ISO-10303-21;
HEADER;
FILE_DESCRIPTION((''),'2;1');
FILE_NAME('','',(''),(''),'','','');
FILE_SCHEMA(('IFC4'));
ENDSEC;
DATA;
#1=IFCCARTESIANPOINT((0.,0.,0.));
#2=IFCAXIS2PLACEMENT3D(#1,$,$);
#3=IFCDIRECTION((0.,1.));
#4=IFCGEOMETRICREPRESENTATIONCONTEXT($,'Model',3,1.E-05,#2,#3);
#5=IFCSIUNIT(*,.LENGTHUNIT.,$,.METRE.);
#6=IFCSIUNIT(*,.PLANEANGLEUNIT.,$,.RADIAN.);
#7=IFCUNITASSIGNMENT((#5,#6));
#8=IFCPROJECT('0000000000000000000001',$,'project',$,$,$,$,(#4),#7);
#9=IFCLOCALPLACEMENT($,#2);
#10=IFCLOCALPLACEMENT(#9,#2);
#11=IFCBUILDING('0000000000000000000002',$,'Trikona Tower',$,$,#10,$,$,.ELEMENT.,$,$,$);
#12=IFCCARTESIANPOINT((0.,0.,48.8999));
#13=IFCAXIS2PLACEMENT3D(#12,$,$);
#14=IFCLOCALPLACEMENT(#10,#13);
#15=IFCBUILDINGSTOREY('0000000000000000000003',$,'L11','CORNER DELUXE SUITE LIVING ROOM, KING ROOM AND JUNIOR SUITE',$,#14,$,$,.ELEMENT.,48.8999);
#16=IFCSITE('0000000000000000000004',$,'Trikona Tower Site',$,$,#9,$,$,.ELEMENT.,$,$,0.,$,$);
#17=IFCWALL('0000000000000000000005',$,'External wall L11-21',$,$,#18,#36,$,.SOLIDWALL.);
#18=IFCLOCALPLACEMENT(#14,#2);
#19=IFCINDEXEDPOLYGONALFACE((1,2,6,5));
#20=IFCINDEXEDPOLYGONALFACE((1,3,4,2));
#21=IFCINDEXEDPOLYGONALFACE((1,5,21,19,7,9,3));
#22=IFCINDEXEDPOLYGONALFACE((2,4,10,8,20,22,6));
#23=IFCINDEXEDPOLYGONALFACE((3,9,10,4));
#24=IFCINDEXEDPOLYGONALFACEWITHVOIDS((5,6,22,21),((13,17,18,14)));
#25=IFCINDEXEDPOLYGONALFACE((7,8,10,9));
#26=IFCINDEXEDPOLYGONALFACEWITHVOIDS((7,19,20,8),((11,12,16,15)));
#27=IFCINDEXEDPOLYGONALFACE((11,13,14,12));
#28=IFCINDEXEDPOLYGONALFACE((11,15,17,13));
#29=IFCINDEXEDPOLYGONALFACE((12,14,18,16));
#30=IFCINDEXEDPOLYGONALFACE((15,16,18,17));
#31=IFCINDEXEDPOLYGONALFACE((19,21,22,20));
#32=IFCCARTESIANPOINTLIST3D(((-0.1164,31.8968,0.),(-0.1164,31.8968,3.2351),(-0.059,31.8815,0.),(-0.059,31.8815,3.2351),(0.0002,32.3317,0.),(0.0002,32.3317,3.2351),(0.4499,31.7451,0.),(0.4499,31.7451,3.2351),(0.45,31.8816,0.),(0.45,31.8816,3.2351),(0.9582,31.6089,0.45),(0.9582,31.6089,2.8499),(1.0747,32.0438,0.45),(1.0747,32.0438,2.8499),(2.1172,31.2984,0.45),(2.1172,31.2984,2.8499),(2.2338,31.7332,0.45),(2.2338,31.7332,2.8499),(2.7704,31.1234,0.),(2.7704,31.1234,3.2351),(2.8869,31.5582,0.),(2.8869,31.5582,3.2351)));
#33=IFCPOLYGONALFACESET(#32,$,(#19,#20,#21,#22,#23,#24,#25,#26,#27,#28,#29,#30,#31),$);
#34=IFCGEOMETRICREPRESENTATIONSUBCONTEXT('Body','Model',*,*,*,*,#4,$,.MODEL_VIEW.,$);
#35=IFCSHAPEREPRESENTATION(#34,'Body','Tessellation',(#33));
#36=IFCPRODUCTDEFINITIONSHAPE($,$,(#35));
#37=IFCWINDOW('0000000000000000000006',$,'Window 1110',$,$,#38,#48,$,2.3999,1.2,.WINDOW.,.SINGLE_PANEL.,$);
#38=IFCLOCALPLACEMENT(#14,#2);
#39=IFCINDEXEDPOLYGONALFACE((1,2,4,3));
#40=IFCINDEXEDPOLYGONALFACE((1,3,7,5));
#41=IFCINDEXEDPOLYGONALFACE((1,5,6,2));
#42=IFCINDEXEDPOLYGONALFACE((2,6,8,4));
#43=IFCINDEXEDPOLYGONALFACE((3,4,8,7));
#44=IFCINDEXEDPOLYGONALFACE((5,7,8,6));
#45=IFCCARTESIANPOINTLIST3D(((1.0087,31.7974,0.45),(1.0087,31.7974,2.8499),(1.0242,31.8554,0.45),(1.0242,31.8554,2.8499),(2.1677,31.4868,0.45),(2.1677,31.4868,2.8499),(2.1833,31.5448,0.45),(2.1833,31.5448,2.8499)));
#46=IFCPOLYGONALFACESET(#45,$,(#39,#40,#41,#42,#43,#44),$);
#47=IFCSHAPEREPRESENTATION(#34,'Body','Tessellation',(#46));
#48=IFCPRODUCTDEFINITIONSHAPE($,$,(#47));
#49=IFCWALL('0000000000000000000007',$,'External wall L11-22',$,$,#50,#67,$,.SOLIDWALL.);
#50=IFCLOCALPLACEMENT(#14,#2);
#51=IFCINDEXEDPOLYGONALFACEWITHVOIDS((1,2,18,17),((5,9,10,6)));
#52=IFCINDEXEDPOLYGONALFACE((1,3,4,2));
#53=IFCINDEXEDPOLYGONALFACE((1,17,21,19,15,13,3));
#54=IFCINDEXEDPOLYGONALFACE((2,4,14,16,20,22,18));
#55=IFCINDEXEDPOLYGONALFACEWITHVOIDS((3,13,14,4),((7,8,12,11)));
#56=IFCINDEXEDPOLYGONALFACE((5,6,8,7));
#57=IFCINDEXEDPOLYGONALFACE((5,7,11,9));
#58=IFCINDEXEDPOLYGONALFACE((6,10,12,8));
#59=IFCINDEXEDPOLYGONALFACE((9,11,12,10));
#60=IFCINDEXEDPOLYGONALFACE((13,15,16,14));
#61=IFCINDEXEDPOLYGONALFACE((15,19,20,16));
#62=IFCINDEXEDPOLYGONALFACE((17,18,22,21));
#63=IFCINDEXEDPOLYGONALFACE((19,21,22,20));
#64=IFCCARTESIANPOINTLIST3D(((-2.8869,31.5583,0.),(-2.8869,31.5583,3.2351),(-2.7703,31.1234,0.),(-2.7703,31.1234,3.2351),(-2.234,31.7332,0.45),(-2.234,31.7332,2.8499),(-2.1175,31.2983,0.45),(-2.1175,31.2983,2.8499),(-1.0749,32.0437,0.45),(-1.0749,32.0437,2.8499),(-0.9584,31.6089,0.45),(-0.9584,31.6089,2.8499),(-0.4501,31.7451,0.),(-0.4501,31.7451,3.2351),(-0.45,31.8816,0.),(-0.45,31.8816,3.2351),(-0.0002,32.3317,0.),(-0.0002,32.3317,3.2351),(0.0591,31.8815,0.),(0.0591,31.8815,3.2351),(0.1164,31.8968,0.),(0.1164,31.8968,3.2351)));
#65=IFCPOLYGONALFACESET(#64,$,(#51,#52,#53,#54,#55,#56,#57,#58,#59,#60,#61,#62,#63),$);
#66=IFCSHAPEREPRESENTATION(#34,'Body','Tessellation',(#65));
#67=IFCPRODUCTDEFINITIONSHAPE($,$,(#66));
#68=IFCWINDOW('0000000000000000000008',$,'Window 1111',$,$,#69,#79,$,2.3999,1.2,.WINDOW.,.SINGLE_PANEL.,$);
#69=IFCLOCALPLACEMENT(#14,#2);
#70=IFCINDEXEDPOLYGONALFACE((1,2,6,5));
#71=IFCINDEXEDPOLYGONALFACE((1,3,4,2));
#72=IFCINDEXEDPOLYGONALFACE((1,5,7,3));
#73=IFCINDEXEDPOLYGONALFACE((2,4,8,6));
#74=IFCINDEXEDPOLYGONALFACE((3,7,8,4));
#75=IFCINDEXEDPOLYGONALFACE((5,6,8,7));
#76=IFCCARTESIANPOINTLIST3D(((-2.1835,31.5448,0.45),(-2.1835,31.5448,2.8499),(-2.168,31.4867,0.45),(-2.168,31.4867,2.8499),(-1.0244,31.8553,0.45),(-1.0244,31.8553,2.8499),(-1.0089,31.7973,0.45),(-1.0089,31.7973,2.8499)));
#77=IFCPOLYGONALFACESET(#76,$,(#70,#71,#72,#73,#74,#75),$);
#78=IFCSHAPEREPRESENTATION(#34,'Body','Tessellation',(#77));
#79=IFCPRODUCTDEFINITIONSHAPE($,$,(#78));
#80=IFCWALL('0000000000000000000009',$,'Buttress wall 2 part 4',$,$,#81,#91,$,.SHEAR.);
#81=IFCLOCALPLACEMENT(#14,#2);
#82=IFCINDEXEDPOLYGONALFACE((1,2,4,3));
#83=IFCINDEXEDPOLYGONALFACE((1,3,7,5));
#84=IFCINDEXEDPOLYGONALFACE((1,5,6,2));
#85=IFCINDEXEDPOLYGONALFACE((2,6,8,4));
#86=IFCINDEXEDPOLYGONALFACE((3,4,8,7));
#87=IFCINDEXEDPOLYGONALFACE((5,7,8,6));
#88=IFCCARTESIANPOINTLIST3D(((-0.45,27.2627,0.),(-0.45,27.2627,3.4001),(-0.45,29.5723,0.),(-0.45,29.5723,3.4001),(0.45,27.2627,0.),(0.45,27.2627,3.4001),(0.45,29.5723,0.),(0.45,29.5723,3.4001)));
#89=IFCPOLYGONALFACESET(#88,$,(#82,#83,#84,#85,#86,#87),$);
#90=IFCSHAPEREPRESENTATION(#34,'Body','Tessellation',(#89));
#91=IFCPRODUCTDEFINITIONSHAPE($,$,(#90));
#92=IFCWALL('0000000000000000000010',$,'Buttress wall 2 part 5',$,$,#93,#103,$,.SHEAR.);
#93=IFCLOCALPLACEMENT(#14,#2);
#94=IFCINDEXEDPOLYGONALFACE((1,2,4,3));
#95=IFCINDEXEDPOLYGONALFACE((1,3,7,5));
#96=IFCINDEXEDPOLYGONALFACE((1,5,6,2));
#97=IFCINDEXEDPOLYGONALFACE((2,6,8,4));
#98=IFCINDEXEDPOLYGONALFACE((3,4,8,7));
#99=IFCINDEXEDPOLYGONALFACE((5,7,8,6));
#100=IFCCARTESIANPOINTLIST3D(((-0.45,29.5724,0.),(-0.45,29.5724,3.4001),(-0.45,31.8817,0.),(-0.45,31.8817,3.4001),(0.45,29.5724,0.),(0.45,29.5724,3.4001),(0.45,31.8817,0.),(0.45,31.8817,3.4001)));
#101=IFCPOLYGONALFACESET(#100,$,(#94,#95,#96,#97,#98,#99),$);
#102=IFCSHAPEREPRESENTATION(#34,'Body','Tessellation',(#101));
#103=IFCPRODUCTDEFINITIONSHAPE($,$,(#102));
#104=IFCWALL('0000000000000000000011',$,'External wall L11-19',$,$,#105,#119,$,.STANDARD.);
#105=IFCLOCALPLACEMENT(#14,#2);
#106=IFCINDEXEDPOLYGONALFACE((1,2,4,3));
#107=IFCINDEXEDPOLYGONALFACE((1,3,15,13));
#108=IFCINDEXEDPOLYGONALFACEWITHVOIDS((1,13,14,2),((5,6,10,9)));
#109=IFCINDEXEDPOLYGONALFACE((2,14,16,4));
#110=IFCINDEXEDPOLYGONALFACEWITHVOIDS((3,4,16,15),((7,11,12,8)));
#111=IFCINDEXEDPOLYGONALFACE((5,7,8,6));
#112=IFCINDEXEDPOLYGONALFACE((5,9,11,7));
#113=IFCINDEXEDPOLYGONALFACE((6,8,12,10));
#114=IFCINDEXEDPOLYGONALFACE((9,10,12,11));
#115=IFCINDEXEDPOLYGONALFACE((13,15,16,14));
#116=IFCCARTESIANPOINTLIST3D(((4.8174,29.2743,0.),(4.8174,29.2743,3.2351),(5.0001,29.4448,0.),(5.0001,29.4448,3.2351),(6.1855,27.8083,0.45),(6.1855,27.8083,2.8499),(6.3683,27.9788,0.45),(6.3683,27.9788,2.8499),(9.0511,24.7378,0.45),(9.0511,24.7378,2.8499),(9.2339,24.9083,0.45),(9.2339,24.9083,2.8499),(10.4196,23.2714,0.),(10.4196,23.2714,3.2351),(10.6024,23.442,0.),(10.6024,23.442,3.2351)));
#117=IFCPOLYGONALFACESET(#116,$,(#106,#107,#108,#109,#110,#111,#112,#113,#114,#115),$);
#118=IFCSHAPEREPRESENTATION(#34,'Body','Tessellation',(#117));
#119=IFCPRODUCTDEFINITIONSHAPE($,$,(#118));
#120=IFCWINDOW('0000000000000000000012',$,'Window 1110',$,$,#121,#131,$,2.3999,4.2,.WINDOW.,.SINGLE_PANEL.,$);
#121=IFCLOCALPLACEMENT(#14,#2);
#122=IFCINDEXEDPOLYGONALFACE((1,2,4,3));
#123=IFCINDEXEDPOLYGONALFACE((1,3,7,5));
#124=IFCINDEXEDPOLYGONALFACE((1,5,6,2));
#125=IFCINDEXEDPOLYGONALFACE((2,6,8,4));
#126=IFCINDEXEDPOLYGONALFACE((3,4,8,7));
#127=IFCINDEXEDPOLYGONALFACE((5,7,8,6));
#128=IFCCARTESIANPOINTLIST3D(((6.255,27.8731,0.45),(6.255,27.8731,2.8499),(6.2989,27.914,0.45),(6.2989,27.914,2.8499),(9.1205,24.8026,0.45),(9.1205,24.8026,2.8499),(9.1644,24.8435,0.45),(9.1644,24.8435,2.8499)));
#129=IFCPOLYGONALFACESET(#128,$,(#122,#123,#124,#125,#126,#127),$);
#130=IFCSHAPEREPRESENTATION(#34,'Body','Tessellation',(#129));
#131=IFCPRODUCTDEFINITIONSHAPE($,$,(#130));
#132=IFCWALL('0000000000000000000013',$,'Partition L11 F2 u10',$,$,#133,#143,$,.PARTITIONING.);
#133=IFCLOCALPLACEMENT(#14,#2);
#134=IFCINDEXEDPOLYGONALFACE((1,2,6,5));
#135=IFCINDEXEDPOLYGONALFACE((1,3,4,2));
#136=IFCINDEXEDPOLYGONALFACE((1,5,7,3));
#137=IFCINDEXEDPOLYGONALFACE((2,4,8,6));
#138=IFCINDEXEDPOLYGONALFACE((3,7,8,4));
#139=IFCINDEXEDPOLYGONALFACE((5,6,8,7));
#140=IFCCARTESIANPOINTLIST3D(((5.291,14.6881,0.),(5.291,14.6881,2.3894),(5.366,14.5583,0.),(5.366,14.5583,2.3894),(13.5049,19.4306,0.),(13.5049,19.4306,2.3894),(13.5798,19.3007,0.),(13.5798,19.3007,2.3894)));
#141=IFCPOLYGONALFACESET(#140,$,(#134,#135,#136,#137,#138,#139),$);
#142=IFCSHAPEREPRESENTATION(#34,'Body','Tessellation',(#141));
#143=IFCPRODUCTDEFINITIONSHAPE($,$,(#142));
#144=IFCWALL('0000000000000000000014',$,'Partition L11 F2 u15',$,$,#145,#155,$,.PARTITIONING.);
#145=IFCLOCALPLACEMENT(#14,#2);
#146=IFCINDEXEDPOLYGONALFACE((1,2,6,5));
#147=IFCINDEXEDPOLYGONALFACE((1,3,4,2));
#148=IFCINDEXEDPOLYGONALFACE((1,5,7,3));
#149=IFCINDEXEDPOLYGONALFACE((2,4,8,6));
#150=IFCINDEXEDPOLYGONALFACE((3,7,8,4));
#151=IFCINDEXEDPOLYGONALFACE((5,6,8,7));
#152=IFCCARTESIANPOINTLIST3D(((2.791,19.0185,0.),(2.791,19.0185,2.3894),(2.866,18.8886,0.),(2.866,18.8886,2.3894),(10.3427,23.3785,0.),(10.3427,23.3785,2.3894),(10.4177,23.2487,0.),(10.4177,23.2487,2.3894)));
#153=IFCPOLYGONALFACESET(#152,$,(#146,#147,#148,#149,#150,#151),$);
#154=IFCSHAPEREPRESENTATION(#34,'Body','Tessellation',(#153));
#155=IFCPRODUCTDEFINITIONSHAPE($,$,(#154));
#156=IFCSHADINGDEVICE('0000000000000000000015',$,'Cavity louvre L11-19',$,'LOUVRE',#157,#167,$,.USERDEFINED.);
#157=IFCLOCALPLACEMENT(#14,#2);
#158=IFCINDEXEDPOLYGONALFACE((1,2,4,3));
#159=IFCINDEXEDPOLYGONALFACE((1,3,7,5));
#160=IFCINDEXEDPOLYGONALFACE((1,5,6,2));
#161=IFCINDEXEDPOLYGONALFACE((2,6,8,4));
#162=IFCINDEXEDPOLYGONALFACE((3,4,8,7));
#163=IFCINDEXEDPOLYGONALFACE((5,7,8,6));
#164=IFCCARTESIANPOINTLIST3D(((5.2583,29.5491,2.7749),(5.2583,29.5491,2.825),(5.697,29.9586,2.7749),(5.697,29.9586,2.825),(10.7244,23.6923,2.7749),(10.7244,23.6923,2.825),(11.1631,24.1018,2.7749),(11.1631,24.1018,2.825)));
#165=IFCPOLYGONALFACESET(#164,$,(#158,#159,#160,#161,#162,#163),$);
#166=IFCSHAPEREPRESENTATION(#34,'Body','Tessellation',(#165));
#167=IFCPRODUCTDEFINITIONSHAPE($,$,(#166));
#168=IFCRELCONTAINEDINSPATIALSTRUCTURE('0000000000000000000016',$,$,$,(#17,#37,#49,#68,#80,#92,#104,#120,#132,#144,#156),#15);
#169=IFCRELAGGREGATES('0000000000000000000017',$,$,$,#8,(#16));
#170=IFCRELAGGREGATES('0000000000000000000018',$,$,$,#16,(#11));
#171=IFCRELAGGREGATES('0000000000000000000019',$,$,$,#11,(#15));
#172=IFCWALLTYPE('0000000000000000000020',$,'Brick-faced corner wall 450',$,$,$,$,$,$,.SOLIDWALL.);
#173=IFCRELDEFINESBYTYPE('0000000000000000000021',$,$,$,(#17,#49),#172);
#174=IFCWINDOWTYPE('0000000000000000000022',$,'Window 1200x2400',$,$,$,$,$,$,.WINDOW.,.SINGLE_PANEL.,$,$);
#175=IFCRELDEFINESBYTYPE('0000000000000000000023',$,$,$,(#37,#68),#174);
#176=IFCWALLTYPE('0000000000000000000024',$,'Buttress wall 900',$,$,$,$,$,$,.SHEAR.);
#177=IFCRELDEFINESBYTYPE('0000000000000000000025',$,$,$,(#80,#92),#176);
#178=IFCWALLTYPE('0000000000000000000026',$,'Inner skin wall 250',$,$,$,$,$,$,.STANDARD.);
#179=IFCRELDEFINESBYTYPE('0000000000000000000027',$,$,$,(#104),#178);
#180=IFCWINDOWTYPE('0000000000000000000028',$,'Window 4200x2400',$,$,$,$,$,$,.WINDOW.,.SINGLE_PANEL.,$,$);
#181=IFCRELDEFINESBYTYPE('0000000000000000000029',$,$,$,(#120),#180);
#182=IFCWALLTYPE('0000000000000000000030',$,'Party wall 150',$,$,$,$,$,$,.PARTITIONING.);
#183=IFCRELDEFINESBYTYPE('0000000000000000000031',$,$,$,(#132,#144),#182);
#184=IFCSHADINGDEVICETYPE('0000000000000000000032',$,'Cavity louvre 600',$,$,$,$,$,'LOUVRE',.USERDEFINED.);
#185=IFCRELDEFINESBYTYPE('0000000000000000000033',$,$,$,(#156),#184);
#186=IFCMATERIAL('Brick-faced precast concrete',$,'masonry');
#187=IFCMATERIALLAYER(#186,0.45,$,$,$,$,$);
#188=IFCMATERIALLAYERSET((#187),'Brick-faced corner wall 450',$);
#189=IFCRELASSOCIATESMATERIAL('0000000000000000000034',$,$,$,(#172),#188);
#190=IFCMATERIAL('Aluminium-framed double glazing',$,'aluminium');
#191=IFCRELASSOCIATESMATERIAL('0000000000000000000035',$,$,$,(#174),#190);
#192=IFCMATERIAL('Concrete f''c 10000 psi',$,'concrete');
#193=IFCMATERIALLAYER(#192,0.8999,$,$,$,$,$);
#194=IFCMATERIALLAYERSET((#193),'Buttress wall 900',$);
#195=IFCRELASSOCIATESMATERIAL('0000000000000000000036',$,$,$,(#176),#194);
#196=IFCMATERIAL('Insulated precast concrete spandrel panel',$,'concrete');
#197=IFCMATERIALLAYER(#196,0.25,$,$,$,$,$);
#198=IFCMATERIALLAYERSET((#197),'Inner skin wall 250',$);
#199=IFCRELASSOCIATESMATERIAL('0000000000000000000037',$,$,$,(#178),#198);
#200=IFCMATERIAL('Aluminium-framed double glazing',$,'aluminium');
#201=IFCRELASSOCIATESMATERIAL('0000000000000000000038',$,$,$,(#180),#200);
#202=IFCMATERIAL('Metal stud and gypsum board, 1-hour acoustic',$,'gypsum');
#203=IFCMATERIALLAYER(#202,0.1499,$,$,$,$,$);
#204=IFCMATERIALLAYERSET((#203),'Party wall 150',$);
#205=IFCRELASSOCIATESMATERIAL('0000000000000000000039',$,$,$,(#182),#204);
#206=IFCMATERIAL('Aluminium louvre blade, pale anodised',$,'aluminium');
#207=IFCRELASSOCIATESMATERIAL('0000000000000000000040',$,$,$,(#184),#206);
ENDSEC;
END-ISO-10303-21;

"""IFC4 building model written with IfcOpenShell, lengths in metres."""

from ifc_helpers import new_model, si_unit, direction, frame, frame_2d, origin, origin_2d, place, context, subcontext, project, spatial, polyline, rectangle, outline, extrude, material, layer, layer_set, type_object, element, fill, save


model = new_model("IFC4")

# Units and contexts
model_context = context("Model", 3, precision=1e-05, world=origin(), true_north=direction((0.0, 1.0)))
body_context = subcontext(model_context, "Body", "Model", "MODEL_VIEW")
ifc_project = project(units=[si_unit("LENGTHUNIT", "METRE"), si_unit("PLANEANGLEUNIT", "RADIAN")], contexts=[model_context])

# Site, building, storey
site_placement = place(None, origin())
site = spatial("IfcSite", under=ifc_project, at=site_placement, Name="Trikona Tower Site", CompositionType="ELEMENT", RefElevation=0.0)
building_placement = place(site_placement, origin())
building = spatial("IfcBuilding", under=site, at=building_placement, Name="Trikona Tower", CompositionType="ELEMENT")
storey_placement = place(building_placement, frame((0.0, 0.0, 48.8999)))
storey = spatial("IfcBuildingStorey", under=building, at=storey_placement, Name="L11", Description="CORNER DELUXE SUITE LIVING ROOM, KING ROOM AND JUNIOR SUITE", CompositionType="ELEMENT", Elevation=48.8999)

# Walls, openings, windows
ifc_material_1 = material(Name="Brick-faced precast concrete", Category="masonry")
ifc_layer_1 = layer(ifc_material_1, 0.45)
ifc_layer_set_1 = layer_set([ifc_layer_1], Name="Brick-faced corner wall 450")
wall_type_1 = type_object("IfcWallType", Name="Brick-faced corner wall 450", PredefinedType="SOLIDWALL", material=ifc_layer_set_1)
wall_1_placement = place(storey_placement, frame((2.8286, 31.3408, 0.0), z_axis=(0.0, 0.0, 1.0), x_axis=(-0.965931, 0.258801, 0.0)))
wall_1 = element("IfcWall", 1, at=wall_1_placement, inside=storey, type_object=wall_type_1, Name="External wall L11-21", PredefinedType="SOLIDWALL", context=body_context, shape_type="SweptSolid", body=[
    extrude(outline(polyline([(2.9885, 0.2251), (2.9292, 0.2251), (2.4375, 0.0933), (2.4023, 0.2251), (0.0, 0.2251), (0.0, -0.2251), (2.9885, -0.2251), (2.9885, 0.2251)])), origin(), (0.0, 0.0, 1.0), 3.2351),
])
opening_1_placement = place(wall_1_placement, frame((0.676, 0.0, 0.45)))
opening_1 = element("IfcOpeningElement", 2, at=opening_1_placement, cuts=wall_1, PredefinedType="OPENING", context=body_context, shape_type="SweptSolid", body=[
    extrude(rectangle(XDim=1.2, YDim=2.3999, at=frame_2d((0.6001, 1.2))), frame((0.0, 0.2349, 0.0), z_axis=(0.0, -1.0, 0.0), x_axis=(1.0, 0.0, 0.0)), (0.0, 0.0, 1.0), 0.47),
])
ifc_material_2 = material(Name="Aluminium-framed double glazing", Category="aluminium")
window_type_1 = type_object("IfcWindowType", Name="Window 1200x2400", PartitioningType="SINGLE_PANEL", PredefinedType="WINDOW", material=ifc_material_2)
window_1_placement = place(opening_1_placement, origin())
window_1 = element("IfcWindow", 3, at=window_1_placement, inside=storey, type_object=window_type_1, Name="Window 1110", OverallHeight=2.3999, OverallWidth=1.2, PartitioningType="SINGLE_PANEL", PredefinedType="WINDOW", context=body_context, shape_type="SweptSolid", body=[
    extrude(rectangle(XDim=1.2, YDim=2.3999, at=frame_2d((0.6001, 1.2))), frame((0.0, 0.03, 0.0), z_axis=(0.0, -1.0, 0.0), x_axis=(1.0, 0.0, 0.0)), (0.0, 0.0, 1.0), 0.0601),
])
fill(opening_1, window_1)
wall_2_placement = place(storey_placement, frame((0.0581, 32.1143, 0.0), z_axis=(0.0, 0.0, 1.0), x_axis=(-0.965931, -0.258801, 0.0)))
wall_2 = element("IfcWall", 4, at=wall_2_placement, inside=storey, type_object=wall_type_1, Name="External wall L11-22", PredefinedType="SOLIDWALL", context=body_context, shape_type="SweptSolid", body=[
    extrude(outline(polyline([(2.9885, 0.2251), (0.5864, 0.2251), (0.551, 0.0933), (0.0593, 0.2251), (0.0, 0.2251), (0.0, -0.2251), (2.9885, -0.2251), (2.9885, 0.2251)])), origin(), (0.0, 0.0, 1.0), 3.2351),
])
opening_2_placement = place(wall_2_placement, frame((1.1125, 0.0, 0.45)))
opening_2 = element("IfcOpeningElement", 5, at=opening_2_placement, cuts=wall_2, PredefinedType="OPENING", context=body_context, shape_type="SweptSolid", body=[
    extrude(rectangle(XDim=1.2, YDim=2.3999, at=frame_2d((0.6001, 1.2))), frame((0.0, 0.2349, 0.0), z_axis=(0.0, -1.0, 0.0), x_axis=(1.0, 0.0, 0.0)), (0.0, 0.0, 1.0), 0.47),
])
window_2_placement = place(opening_2_placement, origin())
window_2 = element("IfcWindow", 6, at=window_2_placement, inside=storey, type_object=window_type_1, Name="Window 1111", OverallHeight=2.3999, OverallWidth=1.2, PartitioningType="SINGLE_PANEL", PredefinedType="WINDOW", context=body_context, shape_type="SweptSolid", body=[
    extrude(rectangle(XDim=1.2, YDim=2.3999, at=frame_2d((0.6001, 1.2))), frame((0.0, 0.03, 0.0), z_axis=(0.0, -1.0, 0.0), x_axis=(1.0, 0.0, 0.0)), (0.0, 0.0, 1.0), 0.0601),
])
fill(opening_2, window_2)

# Walls
ifc_material_3 = material(Name="Concrete f'c 10000 psi", Category="concrete")
ifc_layer_2 = layer(ifc_material_3, 0.8999)
ifc_layer_set_2 = layer_set([ifc_layer_2], Name="Buttress wall 900")
wall_type_2 = type_object("IfcWallType", Name="Buttress wall 900", PredefinedType="SHEAR", material=ifc_layer_set_2)
wall_3_placement = place(storey_placement, frame((0.0, 27.2627, 0.0), z_axis=(0.0, 0.0, 1.0), x_axis=(0.0, 1.0, 0.0)))
element("IfcWall", 7, at=wall_3_placement, inside=storey, type_object=wall_type_2, Name="Buttress wall 2 part 4", PredefinedType="SHEAR", context=body_context, shape_type="SweptSolid", body=[
    extrude(rectangle(XDim=2.3096, YDim=0.8999, at=frame_2d((1.1548, 0.0))), origin(), (0.0, 0.0, 1.0), 3.4001),
])
wall_4_placement = place(storey_placement, frame((0.0, 29.5723, 0.0), z_axis=(0.0, 0.0, 1.0), x_axis=(0.0, 1.0, 0.0)))
element("IfcWall", 8, at=wall_4_placement, inside=storey, type_object=wall_type_2, Name="Buttress wall 2 part 5", PredefinedType="SHEAR", context=body_context, shape_type="SweptSolid", body=[
    extrude(rectangle(XDim=2.3093, YDim=0.8999, at=frame_2d((1.1548, 0.0))), origin(), (0.0, 0.0, 1.0), 3.4001),
])

# Wall, opening, window
ifc_material_4 = material(Name="Insulated precast concrete spandrel panel", Category="concrete")
ifc_layer_3 = layer(ifc_material_4, 0.25)
ifc_layer_set_3 = layer_set([ifc_layer_3], Name="Inner skin wall 250")
wall_type_3 = type_object("IfcWallType", Name="Inner skin wall 250", PredefinedType="STANDARD", material=ifc_layer_set_3)
wall_5_placement = place(storey_placement, frame((10.511, 23.3567, 0.0), z_axis=(0.0, 0.0, 1.0), x_axis=(-0.68229, 0.731082, 0.0)))
wall_5 = element("IfcWall", 9, at=wall_5_placement, inside=storey, type_object=wall_type_3, Name="External wall L11-19", PredefinedType="STANDARD", context=body_context, shape_type="SweptSolid", body=[
    extrude(rectangle(XDim=8.2109, YDim=0.25, at=frame_2d((4.1055, 0.0))), origin(), (0.0, 0.0, 1.0), 3.2351),
])
opening_3_placement = place(wall_5_placement, frame((2.0056, 0.0, 0.45)))
opening_3 = element("IfcOpeningElement", 10, at=opening_3_placement, cuts=wall_5, PredefinedType="OPENING", context=body_context, shape_type="SweptSolid", body=[
    extrude(rectangle(XDim=4.2, YDim=2.3999, at=frame_2d((2.1001, 1.2))), frame((0.0, 0.135, 0.0), z_axis=(0.0, -1.0, 0.0), x_axis=(1.0, 0.0, 0.0)), (0.0, 0.0, 1.0), 0.27),
])
ifc_material_5 = material(Name="Aluminium-framed double glazing", Category="aluminium")
window_type_2 = type_object("IfcWindowType", Name="Window 4200x2400", PartitioningType="SINGLE_PANEL", PredefinedType="WINDOW", material=ifc_material_5)
window_3_placement = place(opening_3_placement, origin())
window_3 = element("IfcWindow", 11, at=window_3_placement, inside=storey, type_object=window_type_2, Name="Window 1110", OverallHeight=2.3999, OverallWidth=4.2, PartitioningType="SINGLE_PANEL", PredefinedType="WINDOW", context=body_context, shape_type="SweptSolid", body=[
    extrude(rectangle(XDim=4.2, YDim=2.3999, at=frame_2d((2.1001, 1.2))), frame((0.0, 0.03, 0.0), z_axis=(0.0, -1.0, 0.0), x_axis=(1.0, 0.0, 0.0)), (0.0, 0.0, 1.0), 0.0601),
])
fill(opening_3, window_3)

# Walls
ifc_material_6 = material(Name="Metal stud and gypsum board, 1-hour acoustic", Category="gypsum")
ifc_layer_4 = layer(ifc_material_6, 0.1499)
ifc_layer_set_4 = layer_set([ifc_layer_4], Name="Party wall 150")
wall_type_4 = type_object("IfcWallType", Name="Party wall 150", PredefinedType="PARTITIONING", material=ifc_layer_set_4)
wall_6_placement = place(storey_placement, frame((5.3286, 14.6233, 0.0), z_axis=(0.0, 0.0, 1.0), x_axis=(0.866018, 0.500012, 0.0)))
element("IfcWall", 12, at=wall_6_placement, inside=storey, type_object=wall_type_4, Name="Partition L11 F2 u10", PredefinedType="PARTITIONING", context=body_context, shape_type="SweptSolid", body=[
    extrude(rectangle(XDim=9.4846, YDim=0.1499, at=frame_2d((4.7422, 0.0))), origin(), (0.0, 0.0, 1.0), 2.3894),
])
wall_7_placement = place(storey_placement, frame((2.8286, 18.9536, 0.0), z_axis=(0.0, 0.0, 1.0), x_axis=(0.866021, 0.500008, 0.0)))
element("IfcWall", 13, at=wall_7_placement, inside=storey, type_object=wall_type_4, Name="Partition L11 F2 u15", PredefinedType="PARTITIONING", context=body_context, shape_type="SweptSolid", body=[
    extrude(rectangle(XDim=8.72, YDim=0.1499, at=frame_2d((4.3599, 0.0))), origin(), (0.0, 0.0, 1.0), 2.3894),
])

# Shading device
ifc_material_7 = material(Name="Aluminium louvre blade, pale anodised", Category="aluminium")
shading_device_type = type_object("IfcShadingDeviceType", Name="Cavity louvre 600", ElementType="LOUVRE", PredefinedType="USERDEFINED", material=ifc_material_7)
shading_device_placement = place(storey_placement, frame((8.2107, 26.8254, 2.7749), z_axis=(0.0, 0.0, 1.0), x_axis=(-0.682298, 0.731074, 0.0)))
element("IfcShadingDevice", 14, at=shading_device_placement, inside=storey, type_object=shading_device_type, Name="Cavity louvre L11-19", ObjectType="LOUVRE", PredefinedType="USERDEFINED", context=body_context, shape_type="SweptSolid", body=[
    extrude(rectangle(XDim=8.0112, YDim=0.6001, at=origin_2d()), origin(), (0.0, 0.0, 1.0), 0.05),
])

save(model, "model.ifc")
